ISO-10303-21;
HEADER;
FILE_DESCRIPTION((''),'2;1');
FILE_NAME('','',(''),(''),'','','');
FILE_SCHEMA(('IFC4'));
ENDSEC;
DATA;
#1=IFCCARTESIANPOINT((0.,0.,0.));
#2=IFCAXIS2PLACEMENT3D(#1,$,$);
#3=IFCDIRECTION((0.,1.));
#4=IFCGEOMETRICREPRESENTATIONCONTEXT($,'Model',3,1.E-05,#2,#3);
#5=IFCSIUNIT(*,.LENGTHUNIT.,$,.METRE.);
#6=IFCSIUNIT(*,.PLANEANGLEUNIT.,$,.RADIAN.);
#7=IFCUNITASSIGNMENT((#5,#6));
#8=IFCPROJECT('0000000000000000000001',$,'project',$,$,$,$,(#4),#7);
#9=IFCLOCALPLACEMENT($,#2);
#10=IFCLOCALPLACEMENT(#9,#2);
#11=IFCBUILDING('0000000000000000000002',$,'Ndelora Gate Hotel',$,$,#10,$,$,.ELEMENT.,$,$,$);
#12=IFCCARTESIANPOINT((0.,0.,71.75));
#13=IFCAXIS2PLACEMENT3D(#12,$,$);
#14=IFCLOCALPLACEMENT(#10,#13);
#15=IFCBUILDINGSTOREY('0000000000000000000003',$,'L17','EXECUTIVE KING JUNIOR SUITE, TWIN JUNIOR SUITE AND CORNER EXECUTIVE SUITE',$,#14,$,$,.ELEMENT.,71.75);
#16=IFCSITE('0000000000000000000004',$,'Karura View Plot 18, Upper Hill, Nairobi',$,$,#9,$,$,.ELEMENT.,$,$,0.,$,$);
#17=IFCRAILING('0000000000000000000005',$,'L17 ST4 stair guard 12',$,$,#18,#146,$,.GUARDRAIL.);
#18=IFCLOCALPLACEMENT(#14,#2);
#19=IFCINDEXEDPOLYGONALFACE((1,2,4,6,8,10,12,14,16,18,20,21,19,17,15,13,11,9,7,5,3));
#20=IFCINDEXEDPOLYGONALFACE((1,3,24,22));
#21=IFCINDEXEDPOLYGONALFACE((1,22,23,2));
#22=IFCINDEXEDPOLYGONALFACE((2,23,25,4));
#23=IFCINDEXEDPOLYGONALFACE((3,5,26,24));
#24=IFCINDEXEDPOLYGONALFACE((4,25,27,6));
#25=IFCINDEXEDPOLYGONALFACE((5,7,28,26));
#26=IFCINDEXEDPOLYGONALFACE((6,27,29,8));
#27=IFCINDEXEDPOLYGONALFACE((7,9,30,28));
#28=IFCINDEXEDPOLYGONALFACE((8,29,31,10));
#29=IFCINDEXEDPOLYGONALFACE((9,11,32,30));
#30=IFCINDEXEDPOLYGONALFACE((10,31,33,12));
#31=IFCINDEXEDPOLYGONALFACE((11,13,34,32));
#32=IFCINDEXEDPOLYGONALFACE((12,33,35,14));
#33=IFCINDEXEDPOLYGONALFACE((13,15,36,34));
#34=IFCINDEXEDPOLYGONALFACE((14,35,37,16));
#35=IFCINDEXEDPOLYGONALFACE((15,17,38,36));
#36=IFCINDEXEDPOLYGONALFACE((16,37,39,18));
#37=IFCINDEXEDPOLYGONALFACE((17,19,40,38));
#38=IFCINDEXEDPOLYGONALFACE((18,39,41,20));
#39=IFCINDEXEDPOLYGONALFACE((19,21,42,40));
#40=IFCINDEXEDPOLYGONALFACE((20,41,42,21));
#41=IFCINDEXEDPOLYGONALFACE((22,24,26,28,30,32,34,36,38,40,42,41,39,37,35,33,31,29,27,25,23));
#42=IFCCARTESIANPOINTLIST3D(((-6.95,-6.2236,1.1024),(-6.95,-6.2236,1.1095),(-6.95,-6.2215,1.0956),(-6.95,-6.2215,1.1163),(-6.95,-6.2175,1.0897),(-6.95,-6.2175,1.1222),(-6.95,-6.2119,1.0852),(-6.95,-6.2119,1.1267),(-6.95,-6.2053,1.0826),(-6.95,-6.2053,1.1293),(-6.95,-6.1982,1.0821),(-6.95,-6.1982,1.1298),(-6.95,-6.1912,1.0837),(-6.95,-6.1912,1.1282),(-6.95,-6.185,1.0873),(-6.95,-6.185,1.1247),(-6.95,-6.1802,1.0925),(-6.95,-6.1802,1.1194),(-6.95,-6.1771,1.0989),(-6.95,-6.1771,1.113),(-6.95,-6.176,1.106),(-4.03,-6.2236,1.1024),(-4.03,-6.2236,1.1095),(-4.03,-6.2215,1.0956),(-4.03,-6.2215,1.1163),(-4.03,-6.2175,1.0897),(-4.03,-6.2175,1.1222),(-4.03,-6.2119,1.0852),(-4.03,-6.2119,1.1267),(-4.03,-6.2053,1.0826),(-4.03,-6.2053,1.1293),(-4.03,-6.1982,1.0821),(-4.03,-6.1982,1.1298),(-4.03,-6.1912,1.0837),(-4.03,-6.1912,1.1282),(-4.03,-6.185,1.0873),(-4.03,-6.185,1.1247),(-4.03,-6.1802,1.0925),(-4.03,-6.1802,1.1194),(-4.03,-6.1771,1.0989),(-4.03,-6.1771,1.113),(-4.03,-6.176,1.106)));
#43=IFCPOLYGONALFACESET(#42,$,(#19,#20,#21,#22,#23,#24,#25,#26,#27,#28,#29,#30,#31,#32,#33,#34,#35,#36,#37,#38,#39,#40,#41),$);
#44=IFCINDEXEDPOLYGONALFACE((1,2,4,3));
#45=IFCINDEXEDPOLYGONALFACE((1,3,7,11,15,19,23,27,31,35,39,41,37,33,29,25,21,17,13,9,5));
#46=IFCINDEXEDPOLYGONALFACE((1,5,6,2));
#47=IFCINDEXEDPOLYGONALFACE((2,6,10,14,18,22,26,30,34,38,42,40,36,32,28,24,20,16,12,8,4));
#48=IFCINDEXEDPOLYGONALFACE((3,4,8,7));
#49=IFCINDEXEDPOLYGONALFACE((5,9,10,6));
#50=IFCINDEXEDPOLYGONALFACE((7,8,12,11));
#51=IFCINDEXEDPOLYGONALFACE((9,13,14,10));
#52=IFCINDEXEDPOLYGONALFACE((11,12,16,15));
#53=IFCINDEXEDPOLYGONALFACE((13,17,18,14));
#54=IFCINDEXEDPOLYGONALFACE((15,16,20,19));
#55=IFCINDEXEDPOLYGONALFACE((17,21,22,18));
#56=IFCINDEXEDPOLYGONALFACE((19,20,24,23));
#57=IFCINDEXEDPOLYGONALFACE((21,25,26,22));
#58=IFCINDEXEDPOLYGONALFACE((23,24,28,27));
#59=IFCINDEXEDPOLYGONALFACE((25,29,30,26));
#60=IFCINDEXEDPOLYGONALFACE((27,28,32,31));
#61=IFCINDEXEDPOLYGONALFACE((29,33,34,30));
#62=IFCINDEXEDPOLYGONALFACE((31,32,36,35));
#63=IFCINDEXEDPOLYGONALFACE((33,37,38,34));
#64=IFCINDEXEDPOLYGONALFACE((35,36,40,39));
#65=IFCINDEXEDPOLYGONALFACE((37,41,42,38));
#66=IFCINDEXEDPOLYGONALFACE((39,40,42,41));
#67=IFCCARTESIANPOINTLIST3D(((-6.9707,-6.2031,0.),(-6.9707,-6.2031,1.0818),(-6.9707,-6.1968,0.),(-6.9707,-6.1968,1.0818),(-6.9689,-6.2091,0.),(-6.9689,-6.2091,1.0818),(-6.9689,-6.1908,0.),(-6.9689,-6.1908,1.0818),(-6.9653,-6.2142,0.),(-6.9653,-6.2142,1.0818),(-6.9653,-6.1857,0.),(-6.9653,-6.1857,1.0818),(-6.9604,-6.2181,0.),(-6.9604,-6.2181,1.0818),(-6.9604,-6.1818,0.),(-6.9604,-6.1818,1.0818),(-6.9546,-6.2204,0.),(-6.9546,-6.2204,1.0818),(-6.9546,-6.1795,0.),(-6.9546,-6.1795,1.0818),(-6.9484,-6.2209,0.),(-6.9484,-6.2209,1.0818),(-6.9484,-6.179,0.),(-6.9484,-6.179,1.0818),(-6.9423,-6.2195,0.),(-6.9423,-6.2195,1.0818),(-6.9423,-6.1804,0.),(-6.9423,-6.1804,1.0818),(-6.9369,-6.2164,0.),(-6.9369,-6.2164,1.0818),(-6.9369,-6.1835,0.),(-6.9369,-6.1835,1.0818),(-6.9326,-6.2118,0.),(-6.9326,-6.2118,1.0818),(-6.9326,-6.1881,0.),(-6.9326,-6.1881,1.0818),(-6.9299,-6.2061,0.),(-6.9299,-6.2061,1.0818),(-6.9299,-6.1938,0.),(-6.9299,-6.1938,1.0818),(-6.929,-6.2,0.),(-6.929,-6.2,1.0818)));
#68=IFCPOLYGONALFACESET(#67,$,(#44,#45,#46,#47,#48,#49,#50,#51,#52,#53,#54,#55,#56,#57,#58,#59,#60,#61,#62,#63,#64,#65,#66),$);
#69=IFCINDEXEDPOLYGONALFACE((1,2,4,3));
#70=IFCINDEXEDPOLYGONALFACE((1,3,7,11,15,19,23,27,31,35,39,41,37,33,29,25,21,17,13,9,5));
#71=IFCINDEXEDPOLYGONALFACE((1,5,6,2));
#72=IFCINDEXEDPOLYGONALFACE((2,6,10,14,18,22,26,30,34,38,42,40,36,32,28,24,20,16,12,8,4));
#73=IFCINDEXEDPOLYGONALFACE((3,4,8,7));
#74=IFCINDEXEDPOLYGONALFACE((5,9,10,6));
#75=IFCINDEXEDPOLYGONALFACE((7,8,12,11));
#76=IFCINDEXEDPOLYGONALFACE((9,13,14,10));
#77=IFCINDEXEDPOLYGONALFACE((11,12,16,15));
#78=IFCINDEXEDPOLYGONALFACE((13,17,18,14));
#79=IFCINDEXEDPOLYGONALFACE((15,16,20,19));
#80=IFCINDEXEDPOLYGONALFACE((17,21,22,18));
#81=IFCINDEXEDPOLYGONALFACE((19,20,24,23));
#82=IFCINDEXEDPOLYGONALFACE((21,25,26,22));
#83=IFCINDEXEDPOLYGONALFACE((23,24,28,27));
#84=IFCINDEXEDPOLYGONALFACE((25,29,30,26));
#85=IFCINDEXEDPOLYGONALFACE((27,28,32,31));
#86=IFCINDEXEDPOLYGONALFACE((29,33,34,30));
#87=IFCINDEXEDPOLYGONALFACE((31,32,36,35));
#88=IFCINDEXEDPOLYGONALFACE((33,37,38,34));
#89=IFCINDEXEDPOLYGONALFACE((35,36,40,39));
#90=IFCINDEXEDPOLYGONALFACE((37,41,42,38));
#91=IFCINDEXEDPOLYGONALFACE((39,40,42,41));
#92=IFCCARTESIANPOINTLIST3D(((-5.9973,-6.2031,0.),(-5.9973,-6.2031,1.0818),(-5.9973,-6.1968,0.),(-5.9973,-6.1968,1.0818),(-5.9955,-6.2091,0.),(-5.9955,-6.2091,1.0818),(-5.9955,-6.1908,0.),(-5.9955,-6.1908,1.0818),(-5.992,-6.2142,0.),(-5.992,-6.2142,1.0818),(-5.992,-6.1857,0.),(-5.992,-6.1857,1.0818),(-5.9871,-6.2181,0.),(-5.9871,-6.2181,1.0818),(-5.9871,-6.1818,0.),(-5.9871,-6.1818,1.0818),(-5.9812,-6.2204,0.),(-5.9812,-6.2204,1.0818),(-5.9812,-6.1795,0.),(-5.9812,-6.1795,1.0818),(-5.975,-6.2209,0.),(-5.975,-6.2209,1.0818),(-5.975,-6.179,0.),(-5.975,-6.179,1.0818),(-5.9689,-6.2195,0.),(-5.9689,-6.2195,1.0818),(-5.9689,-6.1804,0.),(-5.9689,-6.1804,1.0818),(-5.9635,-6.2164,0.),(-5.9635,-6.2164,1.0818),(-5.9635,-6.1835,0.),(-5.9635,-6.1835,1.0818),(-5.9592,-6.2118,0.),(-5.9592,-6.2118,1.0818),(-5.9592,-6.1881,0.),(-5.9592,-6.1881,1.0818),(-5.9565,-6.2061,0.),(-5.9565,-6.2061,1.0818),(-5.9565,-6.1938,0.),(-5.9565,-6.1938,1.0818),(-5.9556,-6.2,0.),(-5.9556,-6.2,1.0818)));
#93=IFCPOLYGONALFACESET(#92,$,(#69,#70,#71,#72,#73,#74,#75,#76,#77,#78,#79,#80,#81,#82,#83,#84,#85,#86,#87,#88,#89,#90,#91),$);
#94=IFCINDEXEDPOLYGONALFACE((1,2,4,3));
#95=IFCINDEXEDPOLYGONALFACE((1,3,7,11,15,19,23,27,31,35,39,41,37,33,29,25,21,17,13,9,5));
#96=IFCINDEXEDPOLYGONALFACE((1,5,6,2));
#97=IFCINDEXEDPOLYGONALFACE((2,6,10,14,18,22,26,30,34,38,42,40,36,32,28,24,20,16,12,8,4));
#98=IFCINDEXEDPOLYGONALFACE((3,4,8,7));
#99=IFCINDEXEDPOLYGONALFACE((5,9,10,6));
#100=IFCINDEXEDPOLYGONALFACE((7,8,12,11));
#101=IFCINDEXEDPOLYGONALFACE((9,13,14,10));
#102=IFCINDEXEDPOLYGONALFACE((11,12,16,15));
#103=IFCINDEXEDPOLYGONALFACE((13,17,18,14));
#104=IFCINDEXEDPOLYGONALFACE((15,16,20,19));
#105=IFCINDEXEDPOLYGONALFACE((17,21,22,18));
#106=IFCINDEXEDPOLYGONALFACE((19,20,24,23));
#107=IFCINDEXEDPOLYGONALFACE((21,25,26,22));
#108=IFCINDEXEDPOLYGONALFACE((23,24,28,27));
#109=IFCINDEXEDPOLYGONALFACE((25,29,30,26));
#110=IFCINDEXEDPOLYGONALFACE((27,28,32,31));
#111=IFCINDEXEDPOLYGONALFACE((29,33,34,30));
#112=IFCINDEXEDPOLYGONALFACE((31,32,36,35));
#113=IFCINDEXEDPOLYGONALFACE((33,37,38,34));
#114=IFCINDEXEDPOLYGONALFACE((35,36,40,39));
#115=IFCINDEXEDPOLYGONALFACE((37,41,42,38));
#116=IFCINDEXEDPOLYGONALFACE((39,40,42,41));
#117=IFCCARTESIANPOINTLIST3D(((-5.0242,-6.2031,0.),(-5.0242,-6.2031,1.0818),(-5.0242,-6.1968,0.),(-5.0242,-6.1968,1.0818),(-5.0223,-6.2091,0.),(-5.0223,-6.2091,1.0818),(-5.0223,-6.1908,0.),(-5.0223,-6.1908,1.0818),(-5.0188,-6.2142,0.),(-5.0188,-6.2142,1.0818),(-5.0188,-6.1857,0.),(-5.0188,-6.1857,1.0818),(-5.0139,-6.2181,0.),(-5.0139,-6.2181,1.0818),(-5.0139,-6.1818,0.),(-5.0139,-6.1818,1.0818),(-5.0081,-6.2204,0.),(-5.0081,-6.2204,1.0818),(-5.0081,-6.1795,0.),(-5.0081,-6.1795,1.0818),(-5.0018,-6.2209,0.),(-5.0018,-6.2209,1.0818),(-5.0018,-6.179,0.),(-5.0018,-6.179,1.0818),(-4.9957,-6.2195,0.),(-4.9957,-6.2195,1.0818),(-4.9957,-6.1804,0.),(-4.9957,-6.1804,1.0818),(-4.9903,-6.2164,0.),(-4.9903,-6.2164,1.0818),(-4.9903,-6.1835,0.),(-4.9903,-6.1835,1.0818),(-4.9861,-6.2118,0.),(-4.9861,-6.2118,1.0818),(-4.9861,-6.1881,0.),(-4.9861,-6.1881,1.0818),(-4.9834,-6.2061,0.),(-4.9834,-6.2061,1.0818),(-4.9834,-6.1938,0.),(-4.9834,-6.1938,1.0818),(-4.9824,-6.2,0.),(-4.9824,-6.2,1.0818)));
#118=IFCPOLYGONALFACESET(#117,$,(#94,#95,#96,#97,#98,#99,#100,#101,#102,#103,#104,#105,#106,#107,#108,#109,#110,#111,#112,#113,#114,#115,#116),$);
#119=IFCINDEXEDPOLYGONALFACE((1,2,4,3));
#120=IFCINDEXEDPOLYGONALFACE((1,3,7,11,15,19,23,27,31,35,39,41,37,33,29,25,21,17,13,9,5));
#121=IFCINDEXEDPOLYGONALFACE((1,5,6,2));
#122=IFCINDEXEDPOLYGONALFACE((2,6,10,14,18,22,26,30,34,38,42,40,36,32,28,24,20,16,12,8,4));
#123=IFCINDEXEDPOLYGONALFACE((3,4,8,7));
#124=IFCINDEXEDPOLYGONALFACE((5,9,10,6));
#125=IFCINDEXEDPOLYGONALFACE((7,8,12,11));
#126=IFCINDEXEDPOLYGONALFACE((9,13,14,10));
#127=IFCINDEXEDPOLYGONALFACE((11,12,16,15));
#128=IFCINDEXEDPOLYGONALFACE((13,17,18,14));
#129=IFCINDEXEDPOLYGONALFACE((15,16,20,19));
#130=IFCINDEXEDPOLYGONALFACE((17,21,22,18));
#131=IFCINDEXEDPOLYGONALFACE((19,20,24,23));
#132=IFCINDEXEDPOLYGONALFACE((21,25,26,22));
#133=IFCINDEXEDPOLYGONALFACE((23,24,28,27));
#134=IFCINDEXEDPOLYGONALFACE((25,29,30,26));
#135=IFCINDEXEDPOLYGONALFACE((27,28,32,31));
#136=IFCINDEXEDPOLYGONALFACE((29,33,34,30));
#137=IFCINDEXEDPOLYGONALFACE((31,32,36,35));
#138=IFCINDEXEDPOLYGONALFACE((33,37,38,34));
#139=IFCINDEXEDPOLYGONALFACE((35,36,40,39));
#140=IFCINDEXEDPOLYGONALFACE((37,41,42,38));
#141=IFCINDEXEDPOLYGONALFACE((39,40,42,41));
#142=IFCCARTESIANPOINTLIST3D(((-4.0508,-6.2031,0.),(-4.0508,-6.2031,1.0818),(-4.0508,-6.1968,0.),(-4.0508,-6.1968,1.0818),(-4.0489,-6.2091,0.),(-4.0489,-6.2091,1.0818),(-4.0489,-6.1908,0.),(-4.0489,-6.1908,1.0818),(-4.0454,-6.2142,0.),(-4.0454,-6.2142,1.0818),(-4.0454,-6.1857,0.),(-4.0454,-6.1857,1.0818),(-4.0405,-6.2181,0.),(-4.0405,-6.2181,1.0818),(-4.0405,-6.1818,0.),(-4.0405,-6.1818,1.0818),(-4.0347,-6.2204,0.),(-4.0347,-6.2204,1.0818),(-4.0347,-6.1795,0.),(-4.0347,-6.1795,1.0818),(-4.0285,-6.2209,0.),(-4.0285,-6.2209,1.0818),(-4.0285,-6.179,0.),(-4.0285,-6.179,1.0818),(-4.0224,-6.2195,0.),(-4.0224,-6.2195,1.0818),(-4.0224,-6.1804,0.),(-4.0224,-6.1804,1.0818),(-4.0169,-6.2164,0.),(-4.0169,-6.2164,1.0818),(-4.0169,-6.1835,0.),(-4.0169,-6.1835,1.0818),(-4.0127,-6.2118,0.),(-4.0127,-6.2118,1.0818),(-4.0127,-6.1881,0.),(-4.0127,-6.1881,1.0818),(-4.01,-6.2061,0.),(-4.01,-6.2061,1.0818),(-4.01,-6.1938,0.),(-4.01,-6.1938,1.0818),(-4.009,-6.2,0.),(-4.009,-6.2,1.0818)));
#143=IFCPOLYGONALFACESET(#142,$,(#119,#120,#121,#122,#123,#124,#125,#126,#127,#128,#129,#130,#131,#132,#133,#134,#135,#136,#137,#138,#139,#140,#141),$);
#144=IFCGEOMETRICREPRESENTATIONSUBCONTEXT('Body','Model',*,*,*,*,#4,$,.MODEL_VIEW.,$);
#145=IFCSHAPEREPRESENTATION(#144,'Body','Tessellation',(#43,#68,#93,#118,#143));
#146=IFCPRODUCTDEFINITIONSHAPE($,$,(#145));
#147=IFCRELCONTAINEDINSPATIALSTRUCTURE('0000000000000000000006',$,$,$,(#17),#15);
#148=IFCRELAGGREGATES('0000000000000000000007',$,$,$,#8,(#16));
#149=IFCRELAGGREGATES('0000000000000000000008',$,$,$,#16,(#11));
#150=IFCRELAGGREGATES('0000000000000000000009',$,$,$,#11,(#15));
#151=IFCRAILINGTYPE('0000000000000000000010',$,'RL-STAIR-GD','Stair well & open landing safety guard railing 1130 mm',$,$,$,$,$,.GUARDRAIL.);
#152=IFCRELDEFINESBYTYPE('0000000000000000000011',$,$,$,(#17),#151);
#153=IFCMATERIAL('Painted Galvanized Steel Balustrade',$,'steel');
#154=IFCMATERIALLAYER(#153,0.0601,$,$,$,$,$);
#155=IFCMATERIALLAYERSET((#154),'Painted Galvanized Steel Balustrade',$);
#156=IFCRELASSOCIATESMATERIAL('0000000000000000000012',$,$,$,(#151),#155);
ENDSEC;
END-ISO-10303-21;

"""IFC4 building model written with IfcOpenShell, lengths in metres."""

from ifc_helpers import new_model, si_unit, direction, frame, origin, origin_2d, place, context, subcontext, project, spatial, circle, extrude, material, layer, layer_set, type_object, element, save


model = new_model("IFC4")

# Units and contexts
model_context = context("Model", 3, precision=1e-05, world=origin(), true_north=direction((0.0, 1.0)))
body_context = subcontext(model_context, "Body", "Model", "MODEL_VIEW")
ifc_project = project(units=[si_unit("LENGTHUNIT", "METRE"), si_unit("PLANEANGLEUNIT", "RADIAN")], contexts=[model_context])

# Site, building, storey
site_placement = place(None, origin())
site = spatial("IfcSite", under=ifc_project, at=site_placement, Name="Karura View Plot 18, Upper Hill, Nairobi", CompositionType="ELEMENT", RefElevation=0.0)
building_placement = place(site_placement, origin())
building = spatial("IfcBuilding", under=site, at=building_placement, Name="Ndelora Gate Hotel", CompositionType="ELEMENT")
storey_placement = place(building_placement, frame((0.0, 0.0, 71.75)))
storey = spatial("IfcBuildingStorey", under=building, at=storey_placement, Name="L17", Description="EXECUTIVE KING JUNIOR SUITE, TWIN JUNIOR SUITE AND CORNER EXECUTIVE SUITE", CompositionType="ELEMENT", Elevation=71.75)

# Railing
ifc_material_1 = material(Name="Painted Galvanized Steel Balustrade", Category="steel")
ifc_layer_1 = layer(ifc_material_1, 0.0601)
ifc_layer_set_1 = layer_set([ifc_layer_1], Name="Painted Galvanized Steel Balustrade")
railing_type = type_object("IfcRailingType", Name="RL-STAIR-GD", Description="Stair well & open landing safety guard railing 1130 mm", PredefinedType="GUARDRAIL", material=ifc_layer_set_1)
railing_1_placement = place(storey_placement, frame((-6.95, -6.2, 0.0)))
element("IfcRailing", 1, at=railing_1_placement, inside=storey, type_object=railing_type, Name="L17 ST4 stair guard 12", PredefinedType="GUARDRAIL", context=body_context, shape_type="SweptSolid", body=[
    extrude(circle(Radius=0.0239, at=origin_2d()), frame((0.0, 0.0, 1.106), z_axis=(1.0, 0.0, 0.0), x_axis=(0.0, 1.0, 0.0)), (0.0, 0.0, 1.0), 2.9199),
    extrude(circle(Radius=0.021, at=origin_2d()), origin(), (0.0, 0.0, 1.0), 1.0818),
    extrude(circle(Radius=0.021, at=origin_2d()), frame((0.9734, 0.0, 0.0)), (0.0, 0.0, 1.0), 1.0818),
    extrude(circle(Radius=0.021, at=origin_2d()), frame((1.9465, 0.0, 0.0)), (0.0, 0.0, 1.0), 1.0818),
    extrude(circle(Radius=0.021, at=origin_2d()), frame((2.9199, 0.0, 0.0)), (0.0, 0.0, 1.0), 1.0818),
])

save(model, "model.ifc")
